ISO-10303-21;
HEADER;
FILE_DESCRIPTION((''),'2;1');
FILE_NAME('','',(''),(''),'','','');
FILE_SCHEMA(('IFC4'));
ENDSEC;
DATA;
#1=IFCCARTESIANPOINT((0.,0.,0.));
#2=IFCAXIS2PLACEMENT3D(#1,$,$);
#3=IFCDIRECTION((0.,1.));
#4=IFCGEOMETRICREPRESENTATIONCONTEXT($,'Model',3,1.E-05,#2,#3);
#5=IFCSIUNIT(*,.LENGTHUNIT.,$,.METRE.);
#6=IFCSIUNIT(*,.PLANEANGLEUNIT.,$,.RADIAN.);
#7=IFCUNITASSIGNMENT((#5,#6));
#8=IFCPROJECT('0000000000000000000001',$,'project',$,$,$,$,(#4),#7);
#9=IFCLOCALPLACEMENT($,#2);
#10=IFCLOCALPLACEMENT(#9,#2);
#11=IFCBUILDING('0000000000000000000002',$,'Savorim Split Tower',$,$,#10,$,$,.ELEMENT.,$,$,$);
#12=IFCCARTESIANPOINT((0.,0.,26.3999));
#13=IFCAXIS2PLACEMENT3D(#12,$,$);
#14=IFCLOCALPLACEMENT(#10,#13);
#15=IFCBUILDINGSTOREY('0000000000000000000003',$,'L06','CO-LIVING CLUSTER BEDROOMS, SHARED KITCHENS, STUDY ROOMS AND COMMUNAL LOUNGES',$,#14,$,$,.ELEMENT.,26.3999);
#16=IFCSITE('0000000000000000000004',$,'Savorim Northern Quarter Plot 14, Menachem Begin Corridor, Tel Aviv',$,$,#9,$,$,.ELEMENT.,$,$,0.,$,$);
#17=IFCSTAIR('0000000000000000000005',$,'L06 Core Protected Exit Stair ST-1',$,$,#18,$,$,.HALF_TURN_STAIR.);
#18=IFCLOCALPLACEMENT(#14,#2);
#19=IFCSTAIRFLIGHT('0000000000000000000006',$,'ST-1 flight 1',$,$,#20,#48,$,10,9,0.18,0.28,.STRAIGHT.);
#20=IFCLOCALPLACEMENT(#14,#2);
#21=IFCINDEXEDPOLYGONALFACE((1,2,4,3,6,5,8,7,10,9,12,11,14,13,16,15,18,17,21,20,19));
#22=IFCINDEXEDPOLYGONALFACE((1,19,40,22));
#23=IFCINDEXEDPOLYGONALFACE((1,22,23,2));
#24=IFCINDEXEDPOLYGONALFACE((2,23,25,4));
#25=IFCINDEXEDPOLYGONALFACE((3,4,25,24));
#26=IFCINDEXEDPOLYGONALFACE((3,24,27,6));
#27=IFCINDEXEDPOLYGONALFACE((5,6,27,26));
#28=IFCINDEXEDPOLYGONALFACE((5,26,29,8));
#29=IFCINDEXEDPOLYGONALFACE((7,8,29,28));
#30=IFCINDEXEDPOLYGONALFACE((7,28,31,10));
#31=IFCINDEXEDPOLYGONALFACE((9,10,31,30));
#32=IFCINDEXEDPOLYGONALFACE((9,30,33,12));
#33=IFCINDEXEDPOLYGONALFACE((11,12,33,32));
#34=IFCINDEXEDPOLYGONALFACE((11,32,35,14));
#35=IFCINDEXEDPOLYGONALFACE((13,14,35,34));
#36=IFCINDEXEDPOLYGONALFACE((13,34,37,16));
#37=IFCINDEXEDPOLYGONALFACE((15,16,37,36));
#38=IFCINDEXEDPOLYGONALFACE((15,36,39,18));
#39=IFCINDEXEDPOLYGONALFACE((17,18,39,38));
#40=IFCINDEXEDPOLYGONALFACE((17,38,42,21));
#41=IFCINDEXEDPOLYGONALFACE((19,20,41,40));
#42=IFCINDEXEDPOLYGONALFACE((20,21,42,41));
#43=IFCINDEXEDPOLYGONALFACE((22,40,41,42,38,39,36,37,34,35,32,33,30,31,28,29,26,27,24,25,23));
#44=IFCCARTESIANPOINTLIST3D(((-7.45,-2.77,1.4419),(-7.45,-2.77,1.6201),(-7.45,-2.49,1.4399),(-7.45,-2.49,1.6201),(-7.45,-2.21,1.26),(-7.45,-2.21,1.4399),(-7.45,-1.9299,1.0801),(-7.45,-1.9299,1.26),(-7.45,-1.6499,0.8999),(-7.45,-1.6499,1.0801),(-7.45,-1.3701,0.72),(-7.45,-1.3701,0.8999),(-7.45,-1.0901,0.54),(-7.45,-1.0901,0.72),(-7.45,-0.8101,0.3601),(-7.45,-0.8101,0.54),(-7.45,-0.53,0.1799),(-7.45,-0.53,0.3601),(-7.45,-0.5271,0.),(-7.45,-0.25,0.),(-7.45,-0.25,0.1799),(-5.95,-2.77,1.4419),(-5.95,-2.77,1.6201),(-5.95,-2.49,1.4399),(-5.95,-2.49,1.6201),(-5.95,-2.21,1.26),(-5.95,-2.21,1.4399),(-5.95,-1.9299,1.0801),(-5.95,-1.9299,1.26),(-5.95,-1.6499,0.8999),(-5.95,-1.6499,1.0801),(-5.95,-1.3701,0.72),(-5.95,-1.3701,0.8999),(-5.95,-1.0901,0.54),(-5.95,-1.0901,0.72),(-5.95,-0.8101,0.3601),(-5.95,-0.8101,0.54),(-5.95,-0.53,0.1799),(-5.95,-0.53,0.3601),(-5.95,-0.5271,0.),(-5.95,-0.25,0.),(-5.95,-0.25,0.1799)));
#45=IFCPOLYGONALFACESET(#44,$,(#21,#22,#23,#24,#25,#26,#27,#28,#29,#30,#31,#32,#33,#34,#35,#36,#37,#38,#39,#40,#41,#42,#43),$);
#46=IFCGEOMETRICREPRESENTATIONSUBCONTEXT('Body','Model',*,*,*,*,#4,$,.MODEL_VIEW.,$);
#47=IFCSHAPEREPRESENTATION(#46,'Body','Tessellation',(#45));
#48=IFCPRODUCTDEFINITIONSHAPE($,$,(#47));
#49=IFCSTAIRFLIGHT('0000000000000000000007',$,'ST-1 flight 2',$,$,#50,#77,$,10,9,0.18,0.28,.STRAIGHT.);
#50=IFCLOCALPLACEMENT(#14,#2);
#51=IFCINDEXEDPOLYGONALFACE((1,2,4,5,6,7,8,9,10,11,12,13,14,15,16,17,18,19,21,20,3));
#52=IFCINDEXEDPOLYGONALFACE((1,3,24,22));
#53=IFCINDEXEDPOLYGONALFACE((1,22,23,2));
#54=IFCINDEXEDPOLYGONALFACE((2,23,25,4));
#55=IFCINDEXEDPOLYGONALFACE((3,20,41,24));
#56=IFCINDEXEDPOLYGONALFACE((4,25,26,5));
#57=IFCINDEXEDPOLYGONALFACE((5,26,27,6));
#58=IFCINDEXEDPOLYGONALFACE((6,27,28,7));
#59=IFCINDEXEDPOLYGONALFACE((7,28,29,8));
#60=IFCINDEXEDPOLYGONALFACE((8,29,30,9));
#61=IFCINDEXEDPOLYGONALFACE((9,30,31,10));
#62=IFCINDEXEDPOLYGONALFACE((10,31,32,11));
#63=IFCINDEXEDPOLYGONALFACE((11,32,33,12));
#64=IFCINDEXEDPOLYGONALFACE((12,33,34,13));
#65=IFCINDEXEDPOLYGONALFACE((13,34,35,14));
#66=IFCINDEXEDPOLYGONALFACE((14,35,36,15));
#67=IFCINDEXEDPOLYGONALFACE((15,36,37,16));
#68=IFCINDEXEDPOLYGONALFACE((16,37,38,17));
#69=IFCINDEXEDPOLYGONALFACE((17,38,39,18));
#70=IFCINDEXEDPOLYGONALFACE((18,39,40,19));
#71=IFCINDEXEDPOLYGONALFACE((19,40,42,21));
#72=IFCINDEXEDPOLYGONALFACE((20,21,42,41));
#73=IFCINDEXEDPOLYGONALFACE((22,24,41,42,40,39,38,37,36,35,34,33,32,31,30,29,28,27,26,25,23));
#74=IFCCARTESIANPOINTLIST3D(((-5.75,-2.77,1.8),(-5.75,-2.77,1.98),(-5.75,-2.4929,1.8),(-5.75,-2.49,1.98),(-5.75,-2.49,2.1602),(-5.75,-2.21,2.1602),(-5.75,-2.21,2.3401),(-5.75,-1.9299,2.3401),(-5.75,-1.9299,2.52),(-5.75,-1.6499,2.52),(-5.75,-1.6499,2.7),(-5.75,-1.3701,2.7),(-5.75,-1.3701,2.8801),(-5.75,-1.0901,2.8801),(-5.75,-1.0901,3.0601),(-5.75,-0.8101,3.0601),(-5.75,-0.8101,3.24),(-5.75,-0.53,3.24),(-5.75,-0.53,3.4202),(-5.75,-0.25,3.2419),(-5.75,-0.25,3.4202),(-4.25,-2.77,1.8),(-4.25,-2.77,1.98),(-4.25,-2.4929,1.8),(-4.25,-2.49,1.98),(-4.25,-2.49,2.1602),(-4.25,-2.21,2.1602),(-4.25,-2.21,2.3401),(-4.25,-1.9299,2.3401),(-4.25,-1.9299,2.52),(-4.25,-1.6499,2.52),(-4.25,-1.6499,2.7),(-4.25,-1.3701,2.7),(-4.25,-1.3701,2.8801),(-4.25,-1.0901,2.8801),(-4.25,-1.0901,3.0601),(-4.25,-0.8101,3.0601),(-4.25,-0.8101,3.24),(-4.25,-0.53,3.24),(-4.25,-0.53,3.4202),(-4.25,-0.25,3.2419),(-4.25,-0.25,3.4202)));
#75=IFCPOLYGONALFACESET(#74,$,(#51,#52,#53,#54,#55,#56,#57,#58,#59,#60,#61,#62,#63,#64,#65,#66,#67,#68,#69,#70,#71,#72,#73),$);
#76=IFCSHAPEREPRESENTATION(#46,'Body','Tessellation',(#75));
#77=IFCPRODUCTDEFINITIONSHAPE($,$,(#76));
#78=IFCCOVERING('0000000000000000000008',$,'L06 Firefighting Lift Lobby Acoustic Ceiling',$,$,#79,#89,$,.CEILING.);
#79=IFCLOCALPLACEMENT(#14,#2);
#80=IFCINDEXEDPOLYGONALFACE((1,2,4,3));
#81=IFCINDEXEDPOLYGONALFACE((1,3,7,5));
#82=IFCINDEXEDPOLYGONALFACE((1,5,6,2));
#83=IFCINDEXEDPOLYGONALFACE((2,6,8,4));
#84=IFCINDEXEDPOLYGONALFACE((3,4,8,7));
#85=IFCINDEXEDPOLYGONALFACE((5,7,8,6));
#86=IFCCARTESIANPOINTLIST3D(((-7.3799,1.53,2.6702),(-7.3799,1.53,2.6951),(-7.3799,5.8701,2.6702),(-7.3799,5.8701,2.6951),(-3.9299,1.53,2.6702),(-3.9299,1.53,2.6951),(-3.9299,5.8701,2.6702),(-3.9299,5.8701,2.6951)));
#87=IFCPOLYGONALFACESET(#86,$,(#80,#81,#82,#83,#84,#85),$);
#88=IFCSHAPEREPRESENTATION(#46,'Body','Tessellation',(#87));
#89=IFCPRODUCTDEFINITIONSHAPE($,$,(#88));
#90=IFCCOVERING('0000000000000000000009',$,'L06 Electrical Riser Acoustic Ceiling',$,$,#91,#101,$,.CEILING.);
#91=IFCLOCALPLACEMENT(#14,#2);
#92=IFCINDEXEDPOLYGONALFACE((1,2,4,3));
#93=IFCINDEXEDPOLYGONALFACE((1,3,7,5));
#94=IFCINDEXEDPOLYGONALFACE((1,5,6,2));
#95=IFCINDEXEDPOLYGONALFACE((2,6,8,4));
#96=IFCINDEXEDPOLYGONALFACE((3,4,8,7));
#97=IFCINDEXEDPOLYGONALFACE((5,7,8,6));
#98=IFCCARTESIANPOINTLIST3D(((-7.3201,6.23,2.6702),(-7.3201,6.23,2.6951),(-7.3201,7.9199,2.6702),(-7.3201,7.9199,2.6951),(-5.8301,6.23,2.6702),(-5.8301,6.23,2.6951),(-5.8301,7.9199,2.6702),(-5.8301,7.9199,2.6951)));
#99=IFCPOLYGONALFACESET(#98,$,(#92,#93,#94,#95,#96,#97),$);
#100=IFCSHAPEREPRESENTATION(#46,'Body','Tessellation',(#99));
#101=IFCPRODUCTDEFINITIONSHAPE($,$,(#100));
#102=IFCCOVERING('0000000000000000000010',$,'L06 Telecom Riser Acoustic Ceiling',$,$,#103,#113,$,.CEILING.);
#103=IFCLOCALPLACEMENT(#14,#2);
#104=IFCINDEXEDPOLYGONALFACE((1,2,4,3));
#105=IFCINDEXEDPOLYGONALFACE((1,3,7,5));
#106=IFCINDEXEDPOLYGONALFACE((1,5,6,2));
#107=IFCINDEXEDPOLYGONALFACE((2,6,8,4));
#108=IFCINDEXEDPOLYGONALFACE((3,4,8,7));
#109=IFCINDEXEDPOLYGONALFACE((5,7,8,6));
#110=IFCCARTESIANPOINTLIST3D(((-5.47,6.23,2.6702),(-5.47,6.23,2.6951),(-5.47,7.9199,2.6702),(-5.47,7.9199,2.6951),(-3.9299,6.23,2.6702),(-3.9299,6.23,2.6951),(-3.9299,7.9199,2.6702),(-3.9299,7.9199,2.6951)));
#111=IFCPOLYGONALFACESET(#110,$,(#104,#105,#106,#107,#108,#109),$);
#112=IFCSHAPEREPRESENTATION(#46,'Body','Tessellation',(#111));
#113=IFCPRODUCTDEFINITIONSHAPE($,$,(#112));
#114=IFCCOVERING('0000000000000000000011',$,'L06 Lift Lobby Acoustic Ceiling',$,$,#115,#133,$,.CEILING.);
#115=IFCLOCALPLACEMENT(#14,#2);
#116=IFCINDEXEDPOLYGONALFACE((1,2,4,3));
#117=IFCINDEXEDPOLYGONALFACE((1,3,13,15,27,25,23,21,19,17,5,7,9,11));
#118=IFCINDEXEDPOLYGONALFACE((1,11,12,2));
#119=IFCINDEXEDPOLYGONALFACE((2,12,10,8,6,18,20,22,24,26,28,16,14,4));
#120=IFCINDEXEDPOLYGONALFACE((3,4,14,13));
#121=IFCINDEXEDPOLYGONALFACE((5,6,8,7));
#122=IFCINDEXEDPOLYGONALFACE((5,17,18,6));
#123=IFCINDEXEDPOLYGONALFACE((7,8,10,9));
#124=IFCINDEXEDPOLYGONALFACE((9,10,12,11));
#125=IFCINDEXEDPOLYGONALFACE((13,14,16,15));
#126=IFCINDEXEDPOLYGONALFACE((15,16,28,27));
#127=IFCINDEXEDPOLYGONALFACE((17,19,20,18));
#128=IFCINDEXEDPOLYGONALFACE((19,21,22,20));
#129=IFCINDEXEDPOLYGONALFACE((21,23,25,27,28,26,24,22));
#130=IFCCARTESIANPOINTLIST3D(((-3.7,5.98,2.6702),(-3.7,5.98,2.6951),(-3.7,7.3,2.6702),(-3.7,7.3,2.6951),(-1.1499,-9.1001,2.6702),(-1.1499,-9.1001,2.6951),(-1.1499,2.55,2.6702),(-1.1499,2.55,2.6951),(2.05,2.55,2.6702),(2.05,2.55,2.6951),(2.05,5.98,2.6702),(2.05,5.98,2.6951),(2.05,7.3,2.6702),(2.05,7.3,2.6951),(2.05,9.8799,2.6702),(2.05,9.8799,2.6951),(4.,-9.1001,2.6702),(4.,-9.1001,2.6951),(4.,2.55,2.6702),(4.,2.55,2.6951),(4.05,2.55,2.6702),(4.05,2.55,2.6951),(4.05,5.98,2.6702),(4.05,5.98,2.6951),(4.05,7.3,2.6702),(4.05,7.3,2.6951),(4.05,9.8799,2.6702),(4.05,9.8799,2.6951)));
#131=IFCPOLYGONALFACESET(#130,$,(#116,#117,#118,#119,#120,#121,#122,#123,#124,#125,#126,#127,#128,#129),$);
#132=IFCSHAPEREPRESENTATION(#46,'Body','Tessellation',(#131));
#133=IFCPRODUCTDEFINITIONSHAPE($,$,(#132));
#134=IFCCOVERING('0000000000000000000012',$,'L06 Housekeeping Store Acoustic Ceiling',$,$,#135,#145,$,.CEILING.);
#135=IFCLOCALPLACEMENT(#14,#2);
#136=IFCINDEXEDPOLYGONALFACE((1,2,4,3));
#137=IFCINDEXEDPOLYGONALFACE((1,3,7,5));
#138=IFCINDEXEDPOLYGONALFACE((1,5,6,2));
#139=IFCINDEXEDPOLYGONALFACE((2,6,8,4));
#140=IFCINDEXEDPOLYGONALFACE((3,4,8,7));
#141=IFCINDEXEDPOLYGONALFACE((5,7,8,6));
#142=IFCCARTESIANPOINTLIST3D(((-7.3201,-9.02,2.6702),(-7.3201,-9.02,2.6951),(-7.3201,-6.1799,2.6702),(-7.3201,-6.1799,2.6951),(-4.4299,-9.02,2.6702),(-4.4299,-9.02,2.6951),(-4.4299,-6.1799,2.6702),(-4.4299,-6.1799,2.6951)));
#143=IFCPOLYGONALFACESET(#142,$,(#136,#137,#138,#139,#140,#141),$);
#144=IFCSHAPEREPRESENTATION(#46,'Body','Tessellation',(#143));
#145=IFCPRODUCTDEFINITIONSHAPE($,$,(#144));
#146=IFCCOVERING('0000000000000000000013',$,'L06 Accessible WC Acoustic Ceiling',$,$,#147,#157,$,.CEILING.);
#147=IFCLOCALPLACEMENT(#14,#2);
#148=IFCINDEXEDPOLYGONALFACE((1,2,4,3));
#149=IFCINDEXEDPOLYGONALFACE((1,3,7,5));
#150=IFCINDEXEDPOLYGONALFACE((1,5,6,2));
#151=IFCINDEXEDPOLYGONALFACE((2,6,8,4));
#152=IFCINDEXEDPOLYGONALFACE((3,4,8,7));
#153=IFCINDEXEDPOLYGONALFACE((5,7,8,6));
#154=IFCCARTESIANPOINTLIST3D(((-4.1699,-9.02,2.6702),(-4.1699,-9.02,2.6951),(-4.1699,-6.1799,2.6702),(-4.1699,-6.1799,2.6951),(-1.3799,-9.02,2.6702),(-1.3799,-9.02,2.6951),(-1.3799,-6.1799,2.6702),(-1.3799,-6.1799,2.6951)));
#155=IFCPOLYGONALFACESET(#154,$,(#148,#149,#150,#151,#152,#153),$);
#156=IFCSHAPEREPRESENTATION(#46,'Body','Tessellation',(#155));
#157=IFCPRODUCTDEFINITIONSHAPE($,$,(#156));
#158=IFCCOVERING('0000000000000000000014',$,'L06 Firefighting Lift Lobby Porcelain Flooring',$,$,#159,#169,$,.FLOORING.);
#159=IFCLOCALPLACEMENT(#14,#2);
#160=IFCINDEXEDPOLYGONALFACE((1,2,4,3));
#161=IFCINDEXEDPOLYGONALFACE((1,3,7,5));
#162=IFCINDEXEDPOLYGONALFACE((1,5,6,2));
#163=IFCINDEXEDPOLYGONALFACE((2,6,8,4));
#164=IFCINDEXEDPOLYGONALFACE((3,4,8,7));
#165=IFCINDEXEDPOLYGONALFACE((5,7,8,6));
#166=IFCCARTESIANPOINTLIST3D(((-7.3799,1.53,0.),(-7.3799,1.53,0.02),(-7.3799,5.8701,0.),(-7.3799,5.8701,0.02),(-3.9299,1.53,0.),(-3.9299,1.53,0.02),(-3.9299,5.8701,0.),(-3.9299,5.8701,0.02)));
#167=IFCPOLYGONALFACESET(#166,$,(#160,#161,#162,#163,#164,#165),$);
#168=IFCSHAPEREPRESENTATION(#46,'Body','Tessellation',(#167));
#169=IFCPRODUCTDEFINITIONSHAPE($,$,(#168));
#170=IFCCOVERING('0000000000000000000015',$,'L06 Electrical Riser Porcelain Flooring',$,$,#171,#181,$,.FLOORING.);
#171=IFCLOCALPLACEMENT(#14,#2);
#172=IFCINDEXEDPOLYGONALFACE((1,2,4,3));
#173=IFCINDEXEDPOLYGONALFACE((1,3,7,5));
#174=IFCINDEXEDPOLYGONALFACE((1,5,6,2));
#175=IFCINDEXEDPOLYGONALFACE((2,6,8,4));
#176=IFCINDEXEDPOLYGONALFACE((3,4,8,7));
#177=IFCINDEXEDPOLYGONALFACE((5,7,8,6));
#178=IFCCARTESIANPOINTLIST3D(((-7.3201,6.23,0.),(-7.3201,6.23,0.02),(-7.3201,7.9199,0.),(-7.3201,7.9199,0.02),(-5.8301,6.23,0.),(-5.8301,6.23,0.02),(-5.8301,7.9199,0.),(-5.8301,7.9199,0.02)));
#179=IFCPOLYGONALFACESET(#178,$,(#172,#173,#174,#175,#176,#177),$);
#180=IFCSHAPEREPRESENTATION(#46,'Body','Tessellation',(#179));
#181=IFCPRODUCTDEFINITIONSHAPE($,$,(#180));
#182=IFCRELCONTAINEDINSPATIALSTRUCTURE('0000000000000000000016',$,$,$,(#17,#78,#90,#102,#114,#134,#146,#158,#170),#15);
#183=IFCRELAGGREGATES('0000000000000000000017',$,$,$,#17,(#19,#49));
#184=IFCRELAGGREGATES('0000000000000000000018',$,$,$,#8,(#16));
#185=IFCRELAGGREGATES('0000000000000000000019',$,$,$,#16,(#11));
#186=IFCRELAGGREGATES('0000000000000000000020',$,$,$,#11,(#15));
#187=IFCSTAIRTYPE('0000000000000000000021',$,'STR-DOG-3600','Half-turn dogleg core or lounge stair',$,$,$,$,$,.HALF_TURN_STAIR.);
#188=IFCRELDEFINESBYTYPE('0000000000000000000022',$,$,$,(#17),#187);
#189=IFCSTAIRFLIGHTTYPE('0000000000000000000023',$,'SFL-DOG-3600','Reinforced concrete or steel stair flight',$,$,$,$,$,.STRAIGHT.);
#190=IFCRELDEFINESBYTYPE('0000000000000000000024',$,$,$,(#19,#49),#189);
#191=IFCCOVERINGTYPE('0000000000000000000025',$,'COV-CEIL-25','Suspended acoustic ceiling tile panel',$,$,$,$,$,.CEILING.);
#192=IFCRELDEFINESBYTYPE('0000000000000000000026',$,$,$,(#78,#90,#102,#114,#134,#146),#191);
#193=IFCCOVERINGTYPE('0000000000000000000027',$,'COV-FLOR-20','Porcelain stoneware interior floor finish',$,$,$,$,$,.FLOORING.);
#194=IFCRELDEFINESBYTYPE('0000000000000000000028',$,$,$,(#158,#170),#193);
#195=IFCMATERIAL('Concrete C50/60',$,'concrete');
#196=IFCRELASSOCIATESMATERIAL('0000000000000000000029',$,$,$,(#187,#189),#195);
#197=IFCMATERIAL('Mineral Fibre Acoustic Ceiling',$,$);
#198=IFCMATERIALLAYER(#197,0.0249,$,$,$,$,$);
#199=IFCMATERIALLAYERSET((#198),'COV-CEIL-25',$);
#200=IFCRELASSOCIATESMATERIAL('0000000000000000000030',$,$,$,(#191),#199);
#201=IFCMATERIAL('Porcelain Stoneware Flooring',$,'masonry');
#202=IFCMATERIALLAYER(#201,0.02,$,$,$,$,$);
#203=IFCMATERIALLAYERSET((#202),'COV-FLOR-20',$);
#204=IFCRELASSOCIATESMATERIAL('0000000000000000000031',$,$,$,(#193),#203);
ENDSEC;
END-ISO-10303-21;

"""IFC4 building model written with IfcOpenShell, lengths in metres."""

from ifc_helpers import new_model, si_unit, direction, frame, origin, place, context, subcontext, project, spatial, polyline, outline, extrude, material, layer, layer_set, type_object, element, aggregate, save


model = new_model("IFC4")

# Units and contexts
model_context = context("Model", 3, precision=1e-05, world=origin(), true_north=direction((0.0, 1.0)))
body_context = subcontext(model_context, "Body", "Model", "MODEL_VIEW")
ifc_project = project(units=[si_unit("LENGTHUNIT", "METRE"), si_unit("PLANEANGLEUNIT", "RADIAN")], contexts=[model_context])

# Site, building, storey
site_placement = place(None, origin())
site = spatial("IfcSite", under=ifc_project, at=site_placement, Name="Savorim Northern Quarter Plot 14, Menachem Begin Corridor, Tel Aviv", CompositionType="ELEMENT", RefElevation=0.0)
building_placement = place(site_placement, origin())
building = spatial("IfcBuilding", under=site, at=building_placement, Name="Savorim Split Tower", CompositionType="ELEMENT")
storey_placement = place(building_placement, frame((0.0, 0.0, 26.3999)))
storey = spatial("IfcBuildingStorey", under=building, at=storey_placement, Name="L06", Description="CO-LIVING CLUSTER BEDROOMS, SHARED KITCHENS, STUDY ROOMS AND COMMUNAL LOUNGES", CompositionType="ELEMENT", Elevation=26.3999)

# Shared definitions
ifc_material_1 = material(Name="Concrete C50/60", Category="concrete")

# Stair
stair_type = type_object("IfcStairType", Name="STR-DOG-3600", Description="Half-turn dogleg core or lounge stair", PredefinedType="HALF_TURN_STAIR", material=ifc_material_1)
stair_1_placement = place(storey_placement, origin())
stair_1 = element("IfcStair", 1, at=stair_1_placement, inside=storey, type_object=stair_type, Name="L06 Core Protected Exit Stair ST-1", PredefinedType="HALF_TURN_STAIR")

# Stair flights
stair_flight_type = type_object("IfcStairFlightType", Name="SFL-DOG-3600", Description="Reinforced concrete or steel stair flight", PredefinedType="STRAIGHT", material=ifc_material_1)
stair_flight_1_placement = place(storey_placement, frame((-6.7, -0.25, 0.0), z_axis=(0.0, 0.0, 1.0), x_axis=(0.0, -1.0, 0.0)))
stair_flight_1 = element("IfcStairFlight", 2, at=stair_flight_1_placement, type_object=stair_flight_type, Name="ST-1 flight 1", NumberOfRisers=10, NumberOfTreads=9, PredefinedType="STRAIGHT", RiserHeight=0.18, TreadLength=0.28, context=body_context, shape_type="SweptSolid", body=[
    extrude(outline(polyline([(0.0, 0.0), (0.0, 0.1799), (0.28, 0.1799), (0.28, 0.3601), (0.5601, 0.3601), (0.5601, 0.54), (0.8401, 0.54), (0.8401, 0.72), (1.1201, 0.72), (1.1201, 0.8999), (1.3999, 0.8999), (1.3999, 1.0801), (1.6799, 1.0801), (1.6799, 1.26), (1.96, 1.26), (1.96, 1.4399), (2.24, 1.4399), (2.24, 1.6201), (2.52, 1.6201), (2.52, 1.8), (2.52, 1.4419), (0.2771, 0.0), (0.0, 0.0)])), frame((0.0, 0.75, 0.0), z_axis=(0.0, -1.0, 0.0), x_axis=(1.0, 0.0, 0.0)), (0.0, 0.0, 1.0), 1.5),
])
stair_flight_2_placement = place(storey_placement, frame((-5.0, -2.77, 1.8), z_axis=(0.0, 0.0, 1.0), x_axis=(0.0, 1.0, 0.0)))
stair_flight_2 = element("IfcStairFlight", 3, at=stair_flight_2_placement, type_object=stair_flight_type, Name="ST-1 flight 2", NumberOfRisers=10, NumberOfTreads=9, PredefinedType="STRAIGHT", RiserHeight=0.18, TreadLength=0.28, context=body_context, shape_type="SweptSolid", body=[
    extrude(outline(polyline([(0.0, 0.0), (0.0, 0.1799), (0.28, 0.1799), (0.28, 0.3601), (0.5601, 0.3601), (0.5601, 0.54), (0.8401, 0.54), (0.8401, 0.72), (1.1201, 0.72), (1.1201, 0.8999), (1.3999, 0.8999), (1.3999, 1.0801), (1.6799, 1.0801), (1.6799, 1.26), (1.96, 1.26), (1.96, 1.4399), (2.24, 1.4399), (2.24, 1.6201), (2.52, 1.6201), (2.52, 1.8), (2.52, 1.4419), (0.2771, 0.0), (0.0, 0.0)])), frame((0.0, 0.75, 0.0), z_axis=(0.0, -1.0, 0.0), x_axis=(1.0, 0.0, 0.0)), (0.0, 0.0, 1.0), 1.5),
])
aggregate(stair_1, [stair_flight_1, stair_flight_2])

# Coverings
ifc_material_2 = material(Name="Mineral Fibre Acoustic Ceiling")
ifc_layer_1 = layer(ifc_material_2, 0.0249)
ifc_layer_set_1 = layer_set([ifc_layer_1], Name="COV-CEIL-25")
covering_type_1 = type_object("IfcCoveringType", Name="COV-CEIL-25", Description="Suspended acoustic ceiling tile panel", PredefinedType="CEILING", material=ifc_layer_set_1)
covering_1_placement = place(storey_placement, frame((0.0, 0.0, 2.6702)))
element("IfcCovering", 4, at=covering_1_placement, inside=storey, type_object=covering_type_1, Name="L06 Firefighting Lift Lobby Acoustic Ceiling", PredefinedType="CEILING", context=body_context, shape_type="SweptSolid", body=[
    extrude(outline(polyline([(-7.3799, 5.8701), (-7.3799, 1.53), (-3.9299, 1.53), (-3.9299, 5.8701), (-7.3799, 5.8701)])), origin(), (0.0, 0.0, 1.0), 0.0249),
])
covering_2_placement = place(storey_placement, frame((0.0, 0.0, 2.6702)))
element("IfcCovering", 5, at=covering_2_placement, inside=storey, type_object=covering_type_1, Name="L06 Electrical Riser Acoustic Ceiling", PredefinedType="CEILING", context=body_context, shape_type="SweptSolid", body=[
    extrude(outline(polyline([(-7.3201, 7.9199), (-7.3201, 6.23), (-5.8301, 6.23), (-5.8301, 7.9199), (-7.3201, 7.9199)])), origin(), (0.0, 0.0, 1.0), 0.0249),
])
covering_3_placement = place(storey_placement, frame((0.0, 0.0, 2.6702)))
element("IfcCovering", 6, at=covering_3_placement, inside=storey, type_object=covering_type_1, Name="L06 Telecom Riser Acoustic Ceiling", PredefinedType="CEILING", context=body_context, shape_type="SweptSolid", body=[
    extrude(outline(polyline([(-5.47, 7.9199), (-5.47, 6.23), (-3.9299, 6.23), (-3.9299, 7.9199), (-5.47, 7.9199)])), origin(), (0.0, 0.0, 1.0), 0.0249),
])
covering_4_placement = place(storey_placement, frame((0.0, 0.0, 2.6702)))
element("IfcCovering", 7, at=covering_4_placement, inside=storey, type_object=covering_type_1, Name="L06 Lift Lobby Acoustic Ceiling", PredefinedType="CEILING", context=body_context, shape_type="SweptSolid", body=[
    extrude(outline(polyline([(2.05, 2.55), (-1.1499, 2.55), (-1.1499, -9.1001), (4.0, -9.1001), (4.0, 2.55), (4.05, 2.55), (4.05, 5.98), (4.05, 7.3), (4.05, 9.8799), (2.05, 9.8799), (2.05, 7.3), (-3.7, 7.3), (-3.7, 5.98), (2.05, 5.98), (2.05, 2.55)])), origin(), (0.0, 0.0, 1.0), 0.0249),
])
covering_5_placement = place(storey_placement, frame((0.0, 0.0, 2.6702)))
element("IfcCovering", 8, at=covering_5_placement, inside=storey, type_object=covering_type_1, Name="L06 Housekeeping Store Acoustic Ceiling", PredefinedType="CEILING", context=body_context, shape_type="SweptSolid", body=[
    extrude(outline(polyline([(-7.3201, -6.1799), (-7.3201, -9.02), (-4.4299, -9.02), (-4.4299, -6.1799), (-7.3201, -6.1799)])), origin(), (0.0, 0.0, 1.0), 0.0249),
])
covering_6_placement = place(storey_placement, frame((0.0, 0.0, 2.6702)))
element("IfcCovering", 9, at=covering_6_placement, inside=storey, type_object=covering_type_1, Name="L06 Accessible WC Acoustic Ceiling", PredefinedType="CEILING", context=body_context, shape_type="SweptSolid", body=[
    extrude(outline(polyline([(-4.1699, -6.1799), (-4.1699, -9.02), (-1.3799, -9.02), (-1.3799, -6.1799), (-4.1699, -6.1799)])), origin(), (0.0, 0.0, 1.0), 0.0249),
])
ifc_material_3 = material(Name="Porcelain Stoneware Flooring", Category="masonry")
ifc_layer_2 = layer(ifc_material_3, 0.02)
ifc_layer_set_2 = layer_set([ifc_layer_2], Name="COV-FLOR-20")
covering_type_2 = type_object("IfcCoveringType", Name="COV-FLOR-20", Description="Porcelain stoneware interior floor finish", PredefinedType="FLOORING", material=ifc_layer_set_2)
covering_7_placement = place(storey_placement, origin())
element("IfcCovering", 10, at=covering_7_placement, inside=storey, type_object=covering_type_2, Name="L06 Firefighting Lift Lobby Porcelain Flooring", PredefinedType="FLOORING", context=body_context, shape_type="SweptSolid", body=[
    extrude(outline(polyline([(-7.3799, 5.8701), (-7.3799, 1.53), (-3.9299, 1.53), (-3.9299, 5.8701), (-7.3799, 5.8701)])), origin(), (0.0, 0.0, 1.0), 0.02),
])
covering_8_placement = place(storey_placement, origin())
element("IfcCovering", 11, at=covering_8_placement, inside=storey, type_object=covering_type_2, Name="L06 Electrical Riser Porcelain Flooring", PredefinedType="FLOORING", context=body_context, shape_type="SweptSolid", body=[
    extrude(outline(polyline([(-7.3201, 7.9199), (-7.3201, 6.23), (-5.8301, 6.23), (-5.8301, 7.9199), (-7.3201, 7.9199)])), origin(), (0.0, 0.0, 1.0), 0.02),
])

save(model, "model.ifc")
